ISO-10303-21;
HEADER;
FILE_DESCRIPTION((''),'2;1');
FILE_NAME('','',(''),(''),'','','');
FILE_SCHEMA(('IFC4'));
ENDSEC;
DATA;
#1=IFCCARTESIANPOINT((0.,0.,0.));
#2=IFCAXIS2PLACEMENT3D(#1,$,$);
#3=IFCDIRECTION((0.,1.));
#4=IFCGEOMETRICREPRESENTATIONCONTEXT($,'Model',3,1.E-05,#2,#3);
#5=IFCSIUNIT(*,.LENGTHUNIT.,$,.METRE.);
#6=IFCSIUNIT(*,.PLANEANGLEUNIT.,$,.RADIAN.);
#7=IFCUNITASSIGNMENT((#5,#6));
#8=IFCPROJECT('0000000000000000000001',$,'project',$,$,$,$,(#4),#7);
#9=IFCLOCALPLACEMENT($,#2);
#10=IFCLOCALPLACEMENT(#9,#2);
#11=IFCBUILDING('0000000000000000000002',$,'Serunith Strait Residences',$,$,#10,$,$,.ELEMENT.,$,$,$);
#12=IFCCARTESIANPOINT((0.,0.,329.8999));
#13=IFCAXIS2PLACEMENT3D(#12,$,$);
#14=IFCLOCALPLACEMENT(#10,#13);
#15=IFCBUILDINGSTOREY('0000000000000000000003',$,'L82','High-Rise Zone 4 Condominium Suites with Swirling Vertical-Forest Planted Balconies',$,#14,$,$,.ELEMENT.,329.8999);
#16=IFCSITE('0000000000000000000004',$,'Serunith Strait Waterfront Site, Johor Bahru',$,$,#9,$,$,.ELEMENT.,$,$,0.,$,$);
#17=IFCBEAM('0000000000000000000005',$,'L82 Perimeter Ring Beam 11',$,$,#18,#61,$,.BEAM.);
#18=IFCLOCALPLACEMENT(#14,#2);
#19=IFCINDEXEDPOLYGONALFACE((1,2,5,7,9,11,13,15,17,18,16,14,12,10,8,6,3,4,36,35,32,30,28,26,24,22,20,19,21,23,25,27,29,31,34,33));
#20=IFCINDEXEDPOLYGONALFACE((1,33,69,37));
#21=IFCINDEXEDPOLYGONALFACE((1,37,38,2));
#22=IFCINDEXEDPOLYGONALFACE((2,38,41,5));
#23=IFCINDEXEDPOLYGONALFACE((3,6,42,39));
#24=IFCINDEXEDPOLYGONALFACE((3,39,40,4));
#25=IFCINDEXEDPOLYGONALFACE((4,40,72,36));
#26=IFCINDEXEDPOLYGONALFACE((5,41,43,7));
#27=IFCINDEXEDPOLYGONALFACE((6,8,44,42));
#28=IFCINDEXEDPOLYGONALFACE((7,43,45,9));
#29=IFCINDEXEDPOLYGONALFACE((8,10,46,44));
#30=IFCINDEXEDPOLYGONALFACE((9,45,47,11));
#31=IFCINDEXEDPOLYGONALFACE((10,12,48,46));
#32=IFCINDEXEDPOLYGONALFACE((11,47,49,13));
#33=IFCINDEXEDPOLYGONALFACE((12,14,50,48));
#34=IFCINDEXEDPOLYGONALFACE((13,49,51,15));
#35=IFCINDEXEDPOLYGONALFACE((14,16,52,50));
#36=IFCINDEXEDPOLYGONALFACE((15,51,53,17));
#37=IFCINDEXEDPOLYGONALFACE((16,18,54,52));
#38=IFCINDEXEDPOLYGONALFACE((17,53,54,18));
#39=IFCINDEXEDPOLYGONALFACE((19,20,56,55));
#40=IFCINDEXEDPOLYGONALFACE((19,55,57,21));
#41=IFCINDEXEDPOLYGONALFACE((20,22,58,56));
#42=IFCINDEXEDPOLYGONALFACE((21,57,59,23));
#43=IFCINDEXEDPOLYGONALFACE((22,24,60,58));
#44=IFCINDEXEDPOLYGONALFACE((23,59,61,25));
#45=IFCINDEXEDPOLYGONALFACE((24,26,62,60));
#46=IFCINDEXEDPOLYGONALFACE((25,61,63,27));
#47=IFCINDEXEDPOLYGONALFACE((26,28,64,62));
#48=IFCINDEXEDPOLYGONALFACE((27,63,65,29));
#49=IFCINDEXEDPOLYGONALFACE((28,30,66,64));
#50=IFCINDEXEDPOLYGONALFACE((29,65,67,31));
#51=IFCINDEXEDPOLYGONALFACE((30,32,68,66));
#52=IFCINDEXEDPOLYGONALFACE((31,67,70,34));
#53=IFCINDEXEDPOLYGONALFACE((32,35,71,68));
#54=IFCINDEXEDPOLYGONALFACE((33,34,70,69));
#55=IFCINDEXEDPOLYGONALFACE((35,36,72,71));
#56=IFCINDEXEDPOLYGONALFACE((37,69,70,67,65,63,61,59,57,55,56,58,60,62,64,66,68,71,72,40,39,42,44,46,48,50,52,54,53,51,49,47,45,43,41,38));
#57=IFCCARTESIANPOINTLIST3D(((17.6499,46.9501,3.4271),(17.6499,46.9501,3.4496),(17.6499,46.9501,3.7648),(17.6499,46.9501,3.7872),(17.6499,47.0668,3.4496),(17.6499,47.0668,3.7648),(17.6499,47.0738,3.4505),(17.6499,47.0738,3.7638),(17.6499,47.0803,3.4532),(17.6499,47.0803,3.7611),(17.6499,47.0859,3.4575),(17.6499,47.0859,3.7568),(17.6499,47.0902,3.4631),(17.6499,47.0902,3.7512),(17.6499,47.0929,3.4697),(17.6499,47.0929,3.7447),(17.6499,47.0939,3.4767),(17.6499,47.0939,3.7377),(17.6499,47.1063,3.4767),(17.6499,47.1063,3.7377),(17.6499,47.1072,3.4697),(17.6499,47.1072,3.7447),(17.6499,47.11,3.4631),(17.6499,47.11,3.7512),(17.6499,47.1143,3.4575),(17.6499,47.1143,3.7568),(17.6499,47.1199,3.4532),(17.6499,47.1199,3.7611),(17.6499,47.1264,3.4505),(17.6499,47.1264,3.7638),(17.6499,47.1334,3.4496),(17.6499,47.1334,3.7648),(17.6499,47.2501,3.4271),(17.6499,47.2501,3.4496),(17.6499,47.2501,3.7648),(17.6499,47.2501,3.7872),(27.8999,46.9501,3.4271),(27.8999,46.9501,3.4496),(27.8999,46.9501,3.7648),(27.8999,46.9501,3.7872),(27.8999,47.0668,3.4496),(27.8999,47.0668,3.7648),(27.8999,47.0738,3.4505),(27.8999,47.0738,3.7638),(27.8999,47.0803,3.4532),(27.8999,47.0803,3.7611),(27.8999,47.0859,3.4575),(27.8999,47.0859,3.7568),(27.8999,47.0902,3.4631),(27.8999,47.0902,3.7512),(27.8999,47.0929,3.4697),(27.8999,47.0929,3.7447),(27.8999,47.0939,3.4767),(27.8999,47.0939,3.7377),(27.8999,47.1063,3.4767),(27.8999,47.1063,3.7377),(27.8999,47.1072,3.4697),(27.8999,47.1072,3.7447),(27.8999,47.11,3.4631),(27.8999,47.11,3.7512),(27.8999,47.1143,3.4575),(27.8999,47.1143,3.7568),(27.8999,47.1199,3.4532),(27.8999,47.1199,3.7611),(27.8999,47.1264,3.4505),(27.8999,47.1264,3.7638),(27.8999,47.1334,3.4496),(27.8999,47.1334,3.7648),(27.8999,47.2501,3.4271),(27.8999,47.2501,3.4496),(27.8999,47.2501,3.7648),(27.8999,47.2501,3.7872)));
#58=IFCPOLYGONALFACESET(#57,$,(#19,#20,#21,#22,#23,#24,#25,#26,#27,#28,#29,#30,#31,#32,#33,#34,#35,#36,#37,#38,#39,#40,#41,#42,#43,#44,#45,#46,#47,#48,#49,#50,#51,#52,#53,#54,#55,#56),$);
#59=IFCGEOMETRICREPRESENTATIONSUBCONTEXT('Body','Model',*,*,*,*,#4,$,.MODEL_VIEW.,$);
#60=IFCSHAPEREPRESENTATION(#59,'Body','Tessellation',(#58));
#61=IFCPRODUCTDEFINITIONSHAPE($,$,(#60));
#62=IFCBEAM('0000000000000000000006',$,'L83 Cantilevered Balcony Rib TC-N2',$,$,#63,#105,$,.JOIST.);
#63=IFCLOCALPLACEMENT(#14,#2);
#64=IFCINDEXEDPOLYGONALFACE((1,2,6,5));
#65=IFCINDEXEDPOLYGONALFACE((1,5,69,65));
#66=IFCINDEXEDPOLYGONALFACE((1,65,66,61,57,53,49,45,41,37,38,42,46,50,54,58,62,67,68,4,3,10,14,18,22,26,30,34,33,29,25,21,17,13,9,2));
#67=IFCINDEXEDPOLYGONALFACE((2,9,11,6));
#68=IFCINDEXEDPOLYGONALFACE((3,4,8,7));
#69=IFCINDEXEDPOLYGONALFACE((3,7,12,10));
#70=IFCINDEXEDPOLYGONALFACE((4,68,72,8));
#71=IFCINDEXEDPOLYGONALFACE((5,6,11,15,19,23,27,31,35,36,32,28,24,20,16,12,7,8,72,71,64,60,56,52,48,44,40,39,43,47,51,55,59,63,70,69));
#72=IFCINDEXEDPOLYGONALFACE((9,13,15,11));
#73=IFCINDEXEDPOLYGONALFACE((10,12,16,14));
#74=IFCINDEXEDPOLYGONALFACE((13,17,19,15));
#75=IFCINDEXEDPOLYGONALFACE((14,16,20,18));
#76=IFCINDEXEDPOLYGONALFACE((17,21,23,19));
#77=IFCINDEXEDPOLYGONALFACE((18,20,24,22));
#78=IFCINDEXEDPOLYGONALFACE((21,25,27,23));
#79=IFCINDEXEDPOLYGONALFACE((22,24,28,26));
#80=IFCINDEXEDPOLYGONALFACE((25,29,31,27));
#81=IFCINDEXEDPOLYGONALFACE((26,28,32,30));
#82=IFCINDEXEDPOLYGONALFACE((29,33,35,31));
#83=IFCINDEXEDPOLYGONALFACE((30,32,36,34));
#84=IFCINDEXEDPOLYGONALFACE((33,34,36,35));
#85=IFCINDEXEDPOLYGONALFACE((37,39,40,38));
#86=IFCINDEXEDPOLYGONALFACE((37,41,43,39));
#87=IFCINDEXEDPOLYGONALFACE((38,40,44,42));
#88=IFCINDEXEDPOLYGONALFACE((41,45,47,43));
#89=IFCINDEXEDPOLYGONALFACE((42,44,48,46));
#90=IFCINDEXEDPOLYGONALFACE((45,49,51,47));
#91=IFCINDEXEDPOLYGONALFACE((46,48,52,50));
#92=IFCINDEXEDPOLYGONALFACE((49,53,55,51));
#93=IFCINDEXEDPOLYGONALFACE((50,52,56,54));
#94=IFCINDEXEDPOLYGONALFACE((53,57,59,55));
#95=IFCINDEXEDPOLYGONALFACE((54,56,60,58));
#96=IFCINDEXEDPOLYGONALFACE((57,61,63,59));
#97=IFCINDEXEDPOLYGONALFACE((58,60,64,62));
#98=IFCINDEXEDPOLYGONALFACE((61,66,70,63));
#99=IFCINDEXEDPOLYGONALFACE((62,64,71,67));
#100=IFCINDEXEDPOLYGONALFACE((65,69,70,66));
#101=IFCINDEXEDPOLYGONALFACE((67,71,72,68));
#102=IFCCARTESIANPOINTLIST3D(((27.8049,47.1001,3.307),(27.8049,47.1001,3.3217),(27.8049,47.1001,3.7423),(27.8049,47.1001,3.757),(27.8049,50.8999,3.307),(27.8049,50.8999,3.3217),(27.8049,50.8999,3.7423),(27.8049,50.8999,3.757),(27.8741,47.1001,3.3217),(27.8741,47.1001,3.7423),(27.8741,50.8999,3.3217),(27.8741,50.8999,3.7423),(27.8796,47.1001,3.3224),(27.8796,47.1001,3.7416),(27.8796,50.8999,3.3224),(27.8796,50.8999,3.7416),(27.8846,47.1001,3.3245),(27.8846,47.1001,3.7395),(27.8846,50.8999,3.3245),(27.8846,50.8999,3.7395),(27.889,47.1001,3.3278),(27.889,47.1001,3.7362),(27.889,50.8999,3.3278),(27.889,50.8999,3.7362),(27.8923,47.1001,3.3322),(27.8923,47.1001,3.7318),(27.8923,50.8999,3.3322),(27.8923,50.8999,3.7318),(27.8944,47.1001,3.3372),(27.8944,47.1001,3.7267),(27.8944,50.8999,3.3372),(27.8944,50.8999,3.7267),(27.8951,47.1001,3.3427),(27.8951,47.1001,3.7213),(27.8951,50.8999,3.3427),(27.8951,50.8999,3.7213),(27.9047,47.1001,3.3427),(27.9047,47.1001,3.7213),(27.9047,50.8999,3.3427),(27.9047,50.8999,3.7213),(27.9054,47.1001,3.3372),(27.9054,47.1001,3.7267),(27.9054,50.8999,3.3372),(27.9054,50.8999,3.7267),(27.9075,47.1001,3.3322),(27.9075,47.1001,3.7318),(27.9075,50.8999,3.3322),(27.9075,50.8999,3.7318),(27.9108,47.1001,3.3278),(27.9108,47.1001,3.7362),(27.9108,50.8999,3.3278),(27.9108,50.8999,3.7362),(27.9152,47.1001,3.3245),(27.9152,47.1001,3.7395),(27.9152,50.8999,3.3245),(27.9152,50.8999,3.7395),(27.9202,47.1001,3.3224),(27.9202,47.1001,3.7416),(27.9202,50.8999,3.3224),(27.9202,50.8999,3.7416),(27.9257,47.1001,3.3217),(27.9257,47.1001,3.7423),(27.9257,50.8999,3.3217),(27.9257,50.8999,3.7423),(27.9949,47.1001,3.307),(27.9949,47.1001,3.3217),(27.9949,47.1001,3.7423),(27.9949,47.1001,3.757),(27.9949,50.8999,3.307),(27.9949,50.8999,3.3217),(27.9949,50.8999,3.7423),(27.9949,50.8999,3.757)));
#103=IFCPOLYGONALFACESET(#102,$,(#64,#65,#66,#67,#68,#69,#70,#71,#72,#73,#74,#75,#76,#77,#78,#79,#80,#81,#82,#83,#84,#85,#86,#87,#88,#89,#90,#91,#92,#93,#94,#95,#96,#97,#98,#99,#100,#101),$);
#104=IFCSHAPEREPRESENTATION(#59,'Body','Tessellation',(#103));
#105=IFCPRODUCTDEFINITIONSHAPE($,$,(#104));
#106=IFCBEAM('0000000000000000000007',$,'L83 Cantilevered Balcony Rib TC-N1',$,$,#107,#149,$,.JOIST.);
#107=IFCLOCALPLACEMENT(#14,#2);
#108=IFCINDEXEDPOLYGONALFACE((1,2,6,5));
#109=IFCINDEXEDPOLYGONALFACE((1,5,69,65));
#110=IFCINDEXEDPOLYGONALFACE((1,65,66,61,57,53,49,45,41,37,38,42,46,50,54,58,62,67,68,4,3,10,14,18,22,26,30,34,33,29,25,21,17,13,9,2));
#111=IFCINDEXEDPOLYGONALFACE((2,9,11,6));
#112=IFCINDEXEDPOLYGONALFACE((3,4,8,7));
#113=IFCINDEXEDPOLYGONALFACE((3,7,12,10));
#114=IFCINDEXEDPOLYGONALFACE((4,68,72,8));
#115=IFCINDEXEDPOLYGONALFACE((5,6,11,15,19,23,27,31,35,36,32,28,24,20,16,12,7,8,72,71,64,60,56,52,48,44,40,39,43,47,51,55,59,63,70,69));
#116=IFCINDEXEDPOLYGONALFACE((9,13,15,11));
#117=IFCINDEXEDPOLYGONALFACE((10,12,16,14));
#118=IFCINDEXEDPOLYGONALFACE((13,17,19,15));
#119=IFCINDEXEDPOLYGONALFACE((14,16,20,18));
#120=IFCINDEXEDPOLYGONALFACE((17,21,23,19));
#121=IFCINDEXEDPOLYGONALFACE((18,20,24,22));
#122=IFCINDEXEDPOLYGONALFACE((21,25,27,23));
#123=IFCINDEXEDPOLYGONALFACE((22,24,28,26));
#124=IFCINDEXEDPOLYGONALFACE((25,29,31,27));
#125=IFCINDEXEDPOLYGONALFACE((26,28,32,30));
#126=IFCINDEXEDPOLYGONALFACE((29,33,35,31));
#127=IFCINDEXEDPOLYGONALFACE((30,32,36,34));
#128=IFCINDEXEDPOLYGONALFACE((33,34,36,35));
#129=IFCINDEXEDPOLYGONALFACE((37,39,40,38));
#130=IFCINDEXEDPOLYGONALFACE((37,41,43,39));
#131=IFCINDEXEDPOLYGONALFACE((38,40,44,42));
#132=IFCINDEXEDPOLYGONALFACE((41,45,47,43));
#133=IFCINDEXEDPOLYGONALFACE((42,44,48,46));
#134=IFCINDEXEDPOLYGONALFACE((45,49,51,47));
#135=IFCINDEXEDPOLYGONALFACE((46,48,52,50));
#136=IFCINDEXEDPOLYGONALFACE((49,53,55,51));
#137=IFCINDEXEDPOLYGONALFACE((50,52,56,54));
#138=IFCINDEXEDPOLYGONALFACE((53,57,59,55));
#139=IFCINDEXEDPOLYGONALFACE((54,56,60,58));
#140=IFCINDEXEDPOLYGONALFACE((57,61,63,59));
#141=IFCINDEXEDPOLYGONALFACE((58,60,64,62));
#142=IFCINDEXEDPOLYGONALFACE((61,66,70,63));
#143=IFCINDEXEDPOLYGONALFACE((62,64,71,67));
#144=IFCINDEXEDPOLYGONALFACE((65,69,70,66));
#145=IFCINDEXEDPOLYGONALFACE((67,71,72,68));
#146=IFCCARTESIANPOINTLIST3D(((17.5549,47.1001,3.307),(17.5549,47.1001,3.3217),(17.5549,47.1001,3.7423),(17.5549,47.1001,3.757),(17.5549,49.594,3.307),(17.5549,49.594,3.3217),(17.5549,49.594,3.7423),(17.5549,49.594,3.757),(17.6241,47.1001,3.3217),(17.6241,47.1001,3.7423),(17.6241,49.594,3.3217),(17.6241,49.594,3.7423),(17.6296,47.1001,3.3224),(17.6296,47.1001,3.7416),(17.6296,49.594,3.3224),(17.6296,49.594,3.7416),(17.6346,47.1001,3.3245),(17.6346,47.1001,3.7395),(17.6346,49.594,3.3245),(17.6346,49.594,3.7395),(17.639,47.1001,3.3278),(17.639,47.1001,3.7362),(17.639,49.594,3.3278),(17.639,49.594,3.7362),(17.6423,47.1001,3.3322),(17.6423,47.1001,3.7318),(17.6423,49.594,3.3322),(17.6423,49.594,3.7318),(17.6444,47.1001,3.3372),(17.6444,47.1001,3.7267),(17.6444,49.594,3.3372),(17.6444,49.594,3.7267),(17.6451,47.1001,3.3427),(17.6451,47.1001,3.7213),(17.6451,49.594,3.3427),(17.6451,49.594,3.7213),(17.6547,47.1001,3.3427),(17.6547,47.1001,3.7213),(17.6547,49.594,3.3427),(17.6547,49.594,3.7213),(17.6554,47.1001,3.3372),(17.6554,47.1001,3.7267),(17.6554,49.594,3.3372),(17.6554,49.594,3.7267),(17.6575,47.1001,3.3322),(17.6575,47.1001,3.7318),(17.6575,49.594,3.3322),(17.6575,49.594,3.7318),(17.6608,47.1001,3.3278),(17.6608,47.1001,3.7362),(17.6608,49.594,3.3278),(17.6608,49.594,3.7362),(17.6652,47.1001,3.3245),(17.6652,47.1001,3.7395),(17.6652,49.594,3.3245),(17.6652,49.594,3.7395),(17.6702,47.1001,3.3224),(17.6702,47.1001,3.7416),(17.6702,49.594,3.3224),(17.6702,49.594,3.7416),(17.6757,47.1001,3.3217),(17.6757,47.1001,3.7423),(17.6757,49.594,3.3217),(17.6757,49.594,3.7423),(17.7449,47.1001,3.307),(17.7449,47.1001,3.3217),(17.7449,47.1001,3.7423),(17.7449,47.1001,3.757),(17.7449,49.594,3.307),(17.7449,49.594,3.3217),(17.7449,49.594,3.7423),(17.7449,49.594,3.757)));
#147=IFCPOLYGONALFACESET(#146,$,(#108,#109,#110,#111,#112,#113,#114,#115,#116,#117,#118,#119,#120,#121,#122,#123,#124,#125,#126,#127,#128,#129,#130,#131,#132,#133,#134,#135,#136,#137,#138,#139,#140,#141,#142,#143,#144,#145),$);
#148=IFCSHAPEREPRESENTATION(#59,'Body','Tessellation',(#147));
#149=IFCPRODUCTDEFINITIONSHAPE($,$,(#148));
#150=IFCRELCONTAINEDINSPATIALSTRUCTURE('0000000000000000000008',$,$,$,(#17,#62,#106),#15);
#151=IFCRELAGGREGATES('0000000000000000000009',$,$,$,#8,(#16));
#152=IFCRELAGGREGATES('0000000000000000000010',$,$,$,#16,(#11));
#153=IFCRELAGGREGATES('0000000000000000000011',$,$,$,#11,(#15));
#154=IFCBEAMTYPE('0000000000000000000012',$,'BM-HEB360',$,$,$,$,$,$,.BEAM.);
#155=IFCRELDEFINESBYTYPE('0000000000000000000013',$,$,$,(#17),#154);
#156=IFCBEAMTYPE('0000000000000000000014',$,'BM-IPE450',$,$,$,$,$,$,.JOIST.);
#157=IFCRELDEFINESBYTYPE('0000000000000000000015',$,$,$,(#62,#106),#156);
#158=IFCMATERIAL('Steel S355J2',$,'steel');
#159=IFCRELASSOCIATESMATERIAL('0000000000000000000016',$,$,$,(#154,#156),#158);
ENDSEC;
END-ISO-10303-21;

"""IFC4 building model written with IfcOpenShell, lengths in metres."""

from ifc_helpers import new_model, si_unit, direction, frame, origin, origin_2d, place, context, subcontext, project, spatial, i_section, extrude, source, transform, mapped, material, material_profile, profile_set, type_object, element, save


model = new_model("IFC4")

# Units and contexts
model_context = context("Model", 3, precision=1e-05, world=origin(), true_north=direction((0.0, 1.0)))
body_context = subcontext(model_context, "Body", "Model", "MODEL_VIEW")
ifc_project = project(units=[si_unit("LENGTHUNIT", "METRE"), si_unit("PLANEANGLEUNIT", "RADIAN")], contexts=[model_context])

# Site, building, storey
site_placement = place(None, origin())
site = spatial("IfcSite", under=ifc_project, at=site_placement, Name="Serunith Strait Waterfront Site, Johor Bahru", CompositionType="ELEMENT", RefElevation=0.0)
building_placement = place(site_placement, origin())
building = spatial("IfcBuilding", under=site, at=building_placement, Name="Serunith Strait Residences", CompositionType="ELEMENT")
storey_placement = place(building_placement, frame((0.0, 0.0, 329.8999)))
storey = spatial("IfcBuildingStorey", under=building, at=storey_placement, Name="L82", Description="High-Rise Zone 4 Condominium Suites with Swirling Vertical-Forest Planted Balconies", CompositionType="ELEMENT", Elevation=329.8999)

# Beams
ifc_material_1 = material(Name="Steel S355J2", Category="steel")
ifc_material_profile_1 = material_profile(ifc_material_1, i_section(OverallWidth=0.3, OverallDepth=0.3601, WebThickness=0.0125, FlangeThickness=0.0225, FilletRadius=0.0271, at=origin_2d()), Name="HEB 360")
ifc_profile_set_1 = profile_set([ifc_material_profile_1], Name="Steel S355J2")
beam_type_1 = type_object("IfcBeamType", Name="BM-HEB360", PredefinedType="BEAM", material=ifc_profile_set_1)
shared_shape_1 = source(origin(), body_context, "Body", "SweptSolid", [
    extrude(i_section(OverallWidth=0.3, OverallDepth=0.3601, WebThickness=0.0125, FlangeThickness=0.0225, FilletRadius=0.0271, at=origin_2d()), origin(), (0.0, 0.0, 1.0), 10.25),
])
beam_1_placement = place(storey_placement, frame((27.8999, 47.1001, 3.6072), z_axis=(-1.0, 0.0, 0.0), x_axis=(0.0, -1.0, 0.0)))
element("IfcBeam", 1, at=beam_1_placement, inside=storey, type_object=beam_type_1, Name="L82 Perimeter Ring Beam 11", PredefinedType="BEAM", context=body_context, shape_type="MappedRepresentation", body=[
    mapped(shared_shape_1, transform((0.0, 0.0, 0.0), scale=1.0)),
])
ifc_material_profile_2 = material_profile(ifc_material_1, i_section(OverallWidth=0.1899, OverallDepth=0.45, WebThickness=0.0095, FlangeThickness=0.0146, FilletRadius=0.021, at=origin_2d()), Name="IPE 450")
ifc_profile_set_2 = profile_set([ifc_material_profile_2], Name="Steel S355J2")
beam_type_2 = type_object("IfcBeamType", Name="BM-IPE450", PredefinedType="JOIST", material=ifc_profile_set_2)
shared_shape_2 = source(origin(), body_context, "Body", "SweptSolid", [
    extrude(i_section(OverallWidth=0.1899, OverallDepth=0.45, WebThickness=0.0095, FlangeThickness=0.0146, FilletRadius=0.021, at=origin_2d()), origin(), (0.0, 0.0, 1.0), 3.7998),
])
beam_2_placement = place(storey_placement, frame((27.8999, 47.1001, 3.532), z_axis=(0.0, 1.0, 0.0), x_axis=(-1.0, 0.0, 0.0)))
element("IfcBeam", 2, at=beam_2_placement, inside=storey, type_object=beam_type_2, Name="L83 Cantilevered Balcony Rib TC-N2", PredefinedType="JOIST", context=body_context, shape_type="MappedRepresentation", body=[
    mapped(shared_shape_2, transform((0.0, 0.0, 0.0), scale=1.0)),
])
shared_shape_3 = source(origin(), body_context, "Body", "SweptSolid", [
    extrude(i_section(OverallWidth=0.1899, OverallDepth=0.45, WebThickness=0.0095, FlangeThickness=0.0146, FilletRadius=0.021, at=origin_2d()), origin(), (0.0, 0.0, 1.0), 2.4939),
])
beam_3_placement = place(storey_placement, frame((17.6499, 47.1001, 3.532), z_axis=(0.0, 1.0, 0.0), x_axis=(-1.0, 0.0, 0.0)))
element("IfcBeam", 3, at=beam_3_placement, inside=storey, type_object=beam_type_2, Name="L83 Cantilevered Balcony Rib TC-N1", PredefinedType="JOIST", context=body_context, shape_type="MappedRepresentation", body=[
    mapped(shared_shape_3, transform((0.0, 0.0, 0.0), scale=1.0)),
])

save(model, "model.ifc")
